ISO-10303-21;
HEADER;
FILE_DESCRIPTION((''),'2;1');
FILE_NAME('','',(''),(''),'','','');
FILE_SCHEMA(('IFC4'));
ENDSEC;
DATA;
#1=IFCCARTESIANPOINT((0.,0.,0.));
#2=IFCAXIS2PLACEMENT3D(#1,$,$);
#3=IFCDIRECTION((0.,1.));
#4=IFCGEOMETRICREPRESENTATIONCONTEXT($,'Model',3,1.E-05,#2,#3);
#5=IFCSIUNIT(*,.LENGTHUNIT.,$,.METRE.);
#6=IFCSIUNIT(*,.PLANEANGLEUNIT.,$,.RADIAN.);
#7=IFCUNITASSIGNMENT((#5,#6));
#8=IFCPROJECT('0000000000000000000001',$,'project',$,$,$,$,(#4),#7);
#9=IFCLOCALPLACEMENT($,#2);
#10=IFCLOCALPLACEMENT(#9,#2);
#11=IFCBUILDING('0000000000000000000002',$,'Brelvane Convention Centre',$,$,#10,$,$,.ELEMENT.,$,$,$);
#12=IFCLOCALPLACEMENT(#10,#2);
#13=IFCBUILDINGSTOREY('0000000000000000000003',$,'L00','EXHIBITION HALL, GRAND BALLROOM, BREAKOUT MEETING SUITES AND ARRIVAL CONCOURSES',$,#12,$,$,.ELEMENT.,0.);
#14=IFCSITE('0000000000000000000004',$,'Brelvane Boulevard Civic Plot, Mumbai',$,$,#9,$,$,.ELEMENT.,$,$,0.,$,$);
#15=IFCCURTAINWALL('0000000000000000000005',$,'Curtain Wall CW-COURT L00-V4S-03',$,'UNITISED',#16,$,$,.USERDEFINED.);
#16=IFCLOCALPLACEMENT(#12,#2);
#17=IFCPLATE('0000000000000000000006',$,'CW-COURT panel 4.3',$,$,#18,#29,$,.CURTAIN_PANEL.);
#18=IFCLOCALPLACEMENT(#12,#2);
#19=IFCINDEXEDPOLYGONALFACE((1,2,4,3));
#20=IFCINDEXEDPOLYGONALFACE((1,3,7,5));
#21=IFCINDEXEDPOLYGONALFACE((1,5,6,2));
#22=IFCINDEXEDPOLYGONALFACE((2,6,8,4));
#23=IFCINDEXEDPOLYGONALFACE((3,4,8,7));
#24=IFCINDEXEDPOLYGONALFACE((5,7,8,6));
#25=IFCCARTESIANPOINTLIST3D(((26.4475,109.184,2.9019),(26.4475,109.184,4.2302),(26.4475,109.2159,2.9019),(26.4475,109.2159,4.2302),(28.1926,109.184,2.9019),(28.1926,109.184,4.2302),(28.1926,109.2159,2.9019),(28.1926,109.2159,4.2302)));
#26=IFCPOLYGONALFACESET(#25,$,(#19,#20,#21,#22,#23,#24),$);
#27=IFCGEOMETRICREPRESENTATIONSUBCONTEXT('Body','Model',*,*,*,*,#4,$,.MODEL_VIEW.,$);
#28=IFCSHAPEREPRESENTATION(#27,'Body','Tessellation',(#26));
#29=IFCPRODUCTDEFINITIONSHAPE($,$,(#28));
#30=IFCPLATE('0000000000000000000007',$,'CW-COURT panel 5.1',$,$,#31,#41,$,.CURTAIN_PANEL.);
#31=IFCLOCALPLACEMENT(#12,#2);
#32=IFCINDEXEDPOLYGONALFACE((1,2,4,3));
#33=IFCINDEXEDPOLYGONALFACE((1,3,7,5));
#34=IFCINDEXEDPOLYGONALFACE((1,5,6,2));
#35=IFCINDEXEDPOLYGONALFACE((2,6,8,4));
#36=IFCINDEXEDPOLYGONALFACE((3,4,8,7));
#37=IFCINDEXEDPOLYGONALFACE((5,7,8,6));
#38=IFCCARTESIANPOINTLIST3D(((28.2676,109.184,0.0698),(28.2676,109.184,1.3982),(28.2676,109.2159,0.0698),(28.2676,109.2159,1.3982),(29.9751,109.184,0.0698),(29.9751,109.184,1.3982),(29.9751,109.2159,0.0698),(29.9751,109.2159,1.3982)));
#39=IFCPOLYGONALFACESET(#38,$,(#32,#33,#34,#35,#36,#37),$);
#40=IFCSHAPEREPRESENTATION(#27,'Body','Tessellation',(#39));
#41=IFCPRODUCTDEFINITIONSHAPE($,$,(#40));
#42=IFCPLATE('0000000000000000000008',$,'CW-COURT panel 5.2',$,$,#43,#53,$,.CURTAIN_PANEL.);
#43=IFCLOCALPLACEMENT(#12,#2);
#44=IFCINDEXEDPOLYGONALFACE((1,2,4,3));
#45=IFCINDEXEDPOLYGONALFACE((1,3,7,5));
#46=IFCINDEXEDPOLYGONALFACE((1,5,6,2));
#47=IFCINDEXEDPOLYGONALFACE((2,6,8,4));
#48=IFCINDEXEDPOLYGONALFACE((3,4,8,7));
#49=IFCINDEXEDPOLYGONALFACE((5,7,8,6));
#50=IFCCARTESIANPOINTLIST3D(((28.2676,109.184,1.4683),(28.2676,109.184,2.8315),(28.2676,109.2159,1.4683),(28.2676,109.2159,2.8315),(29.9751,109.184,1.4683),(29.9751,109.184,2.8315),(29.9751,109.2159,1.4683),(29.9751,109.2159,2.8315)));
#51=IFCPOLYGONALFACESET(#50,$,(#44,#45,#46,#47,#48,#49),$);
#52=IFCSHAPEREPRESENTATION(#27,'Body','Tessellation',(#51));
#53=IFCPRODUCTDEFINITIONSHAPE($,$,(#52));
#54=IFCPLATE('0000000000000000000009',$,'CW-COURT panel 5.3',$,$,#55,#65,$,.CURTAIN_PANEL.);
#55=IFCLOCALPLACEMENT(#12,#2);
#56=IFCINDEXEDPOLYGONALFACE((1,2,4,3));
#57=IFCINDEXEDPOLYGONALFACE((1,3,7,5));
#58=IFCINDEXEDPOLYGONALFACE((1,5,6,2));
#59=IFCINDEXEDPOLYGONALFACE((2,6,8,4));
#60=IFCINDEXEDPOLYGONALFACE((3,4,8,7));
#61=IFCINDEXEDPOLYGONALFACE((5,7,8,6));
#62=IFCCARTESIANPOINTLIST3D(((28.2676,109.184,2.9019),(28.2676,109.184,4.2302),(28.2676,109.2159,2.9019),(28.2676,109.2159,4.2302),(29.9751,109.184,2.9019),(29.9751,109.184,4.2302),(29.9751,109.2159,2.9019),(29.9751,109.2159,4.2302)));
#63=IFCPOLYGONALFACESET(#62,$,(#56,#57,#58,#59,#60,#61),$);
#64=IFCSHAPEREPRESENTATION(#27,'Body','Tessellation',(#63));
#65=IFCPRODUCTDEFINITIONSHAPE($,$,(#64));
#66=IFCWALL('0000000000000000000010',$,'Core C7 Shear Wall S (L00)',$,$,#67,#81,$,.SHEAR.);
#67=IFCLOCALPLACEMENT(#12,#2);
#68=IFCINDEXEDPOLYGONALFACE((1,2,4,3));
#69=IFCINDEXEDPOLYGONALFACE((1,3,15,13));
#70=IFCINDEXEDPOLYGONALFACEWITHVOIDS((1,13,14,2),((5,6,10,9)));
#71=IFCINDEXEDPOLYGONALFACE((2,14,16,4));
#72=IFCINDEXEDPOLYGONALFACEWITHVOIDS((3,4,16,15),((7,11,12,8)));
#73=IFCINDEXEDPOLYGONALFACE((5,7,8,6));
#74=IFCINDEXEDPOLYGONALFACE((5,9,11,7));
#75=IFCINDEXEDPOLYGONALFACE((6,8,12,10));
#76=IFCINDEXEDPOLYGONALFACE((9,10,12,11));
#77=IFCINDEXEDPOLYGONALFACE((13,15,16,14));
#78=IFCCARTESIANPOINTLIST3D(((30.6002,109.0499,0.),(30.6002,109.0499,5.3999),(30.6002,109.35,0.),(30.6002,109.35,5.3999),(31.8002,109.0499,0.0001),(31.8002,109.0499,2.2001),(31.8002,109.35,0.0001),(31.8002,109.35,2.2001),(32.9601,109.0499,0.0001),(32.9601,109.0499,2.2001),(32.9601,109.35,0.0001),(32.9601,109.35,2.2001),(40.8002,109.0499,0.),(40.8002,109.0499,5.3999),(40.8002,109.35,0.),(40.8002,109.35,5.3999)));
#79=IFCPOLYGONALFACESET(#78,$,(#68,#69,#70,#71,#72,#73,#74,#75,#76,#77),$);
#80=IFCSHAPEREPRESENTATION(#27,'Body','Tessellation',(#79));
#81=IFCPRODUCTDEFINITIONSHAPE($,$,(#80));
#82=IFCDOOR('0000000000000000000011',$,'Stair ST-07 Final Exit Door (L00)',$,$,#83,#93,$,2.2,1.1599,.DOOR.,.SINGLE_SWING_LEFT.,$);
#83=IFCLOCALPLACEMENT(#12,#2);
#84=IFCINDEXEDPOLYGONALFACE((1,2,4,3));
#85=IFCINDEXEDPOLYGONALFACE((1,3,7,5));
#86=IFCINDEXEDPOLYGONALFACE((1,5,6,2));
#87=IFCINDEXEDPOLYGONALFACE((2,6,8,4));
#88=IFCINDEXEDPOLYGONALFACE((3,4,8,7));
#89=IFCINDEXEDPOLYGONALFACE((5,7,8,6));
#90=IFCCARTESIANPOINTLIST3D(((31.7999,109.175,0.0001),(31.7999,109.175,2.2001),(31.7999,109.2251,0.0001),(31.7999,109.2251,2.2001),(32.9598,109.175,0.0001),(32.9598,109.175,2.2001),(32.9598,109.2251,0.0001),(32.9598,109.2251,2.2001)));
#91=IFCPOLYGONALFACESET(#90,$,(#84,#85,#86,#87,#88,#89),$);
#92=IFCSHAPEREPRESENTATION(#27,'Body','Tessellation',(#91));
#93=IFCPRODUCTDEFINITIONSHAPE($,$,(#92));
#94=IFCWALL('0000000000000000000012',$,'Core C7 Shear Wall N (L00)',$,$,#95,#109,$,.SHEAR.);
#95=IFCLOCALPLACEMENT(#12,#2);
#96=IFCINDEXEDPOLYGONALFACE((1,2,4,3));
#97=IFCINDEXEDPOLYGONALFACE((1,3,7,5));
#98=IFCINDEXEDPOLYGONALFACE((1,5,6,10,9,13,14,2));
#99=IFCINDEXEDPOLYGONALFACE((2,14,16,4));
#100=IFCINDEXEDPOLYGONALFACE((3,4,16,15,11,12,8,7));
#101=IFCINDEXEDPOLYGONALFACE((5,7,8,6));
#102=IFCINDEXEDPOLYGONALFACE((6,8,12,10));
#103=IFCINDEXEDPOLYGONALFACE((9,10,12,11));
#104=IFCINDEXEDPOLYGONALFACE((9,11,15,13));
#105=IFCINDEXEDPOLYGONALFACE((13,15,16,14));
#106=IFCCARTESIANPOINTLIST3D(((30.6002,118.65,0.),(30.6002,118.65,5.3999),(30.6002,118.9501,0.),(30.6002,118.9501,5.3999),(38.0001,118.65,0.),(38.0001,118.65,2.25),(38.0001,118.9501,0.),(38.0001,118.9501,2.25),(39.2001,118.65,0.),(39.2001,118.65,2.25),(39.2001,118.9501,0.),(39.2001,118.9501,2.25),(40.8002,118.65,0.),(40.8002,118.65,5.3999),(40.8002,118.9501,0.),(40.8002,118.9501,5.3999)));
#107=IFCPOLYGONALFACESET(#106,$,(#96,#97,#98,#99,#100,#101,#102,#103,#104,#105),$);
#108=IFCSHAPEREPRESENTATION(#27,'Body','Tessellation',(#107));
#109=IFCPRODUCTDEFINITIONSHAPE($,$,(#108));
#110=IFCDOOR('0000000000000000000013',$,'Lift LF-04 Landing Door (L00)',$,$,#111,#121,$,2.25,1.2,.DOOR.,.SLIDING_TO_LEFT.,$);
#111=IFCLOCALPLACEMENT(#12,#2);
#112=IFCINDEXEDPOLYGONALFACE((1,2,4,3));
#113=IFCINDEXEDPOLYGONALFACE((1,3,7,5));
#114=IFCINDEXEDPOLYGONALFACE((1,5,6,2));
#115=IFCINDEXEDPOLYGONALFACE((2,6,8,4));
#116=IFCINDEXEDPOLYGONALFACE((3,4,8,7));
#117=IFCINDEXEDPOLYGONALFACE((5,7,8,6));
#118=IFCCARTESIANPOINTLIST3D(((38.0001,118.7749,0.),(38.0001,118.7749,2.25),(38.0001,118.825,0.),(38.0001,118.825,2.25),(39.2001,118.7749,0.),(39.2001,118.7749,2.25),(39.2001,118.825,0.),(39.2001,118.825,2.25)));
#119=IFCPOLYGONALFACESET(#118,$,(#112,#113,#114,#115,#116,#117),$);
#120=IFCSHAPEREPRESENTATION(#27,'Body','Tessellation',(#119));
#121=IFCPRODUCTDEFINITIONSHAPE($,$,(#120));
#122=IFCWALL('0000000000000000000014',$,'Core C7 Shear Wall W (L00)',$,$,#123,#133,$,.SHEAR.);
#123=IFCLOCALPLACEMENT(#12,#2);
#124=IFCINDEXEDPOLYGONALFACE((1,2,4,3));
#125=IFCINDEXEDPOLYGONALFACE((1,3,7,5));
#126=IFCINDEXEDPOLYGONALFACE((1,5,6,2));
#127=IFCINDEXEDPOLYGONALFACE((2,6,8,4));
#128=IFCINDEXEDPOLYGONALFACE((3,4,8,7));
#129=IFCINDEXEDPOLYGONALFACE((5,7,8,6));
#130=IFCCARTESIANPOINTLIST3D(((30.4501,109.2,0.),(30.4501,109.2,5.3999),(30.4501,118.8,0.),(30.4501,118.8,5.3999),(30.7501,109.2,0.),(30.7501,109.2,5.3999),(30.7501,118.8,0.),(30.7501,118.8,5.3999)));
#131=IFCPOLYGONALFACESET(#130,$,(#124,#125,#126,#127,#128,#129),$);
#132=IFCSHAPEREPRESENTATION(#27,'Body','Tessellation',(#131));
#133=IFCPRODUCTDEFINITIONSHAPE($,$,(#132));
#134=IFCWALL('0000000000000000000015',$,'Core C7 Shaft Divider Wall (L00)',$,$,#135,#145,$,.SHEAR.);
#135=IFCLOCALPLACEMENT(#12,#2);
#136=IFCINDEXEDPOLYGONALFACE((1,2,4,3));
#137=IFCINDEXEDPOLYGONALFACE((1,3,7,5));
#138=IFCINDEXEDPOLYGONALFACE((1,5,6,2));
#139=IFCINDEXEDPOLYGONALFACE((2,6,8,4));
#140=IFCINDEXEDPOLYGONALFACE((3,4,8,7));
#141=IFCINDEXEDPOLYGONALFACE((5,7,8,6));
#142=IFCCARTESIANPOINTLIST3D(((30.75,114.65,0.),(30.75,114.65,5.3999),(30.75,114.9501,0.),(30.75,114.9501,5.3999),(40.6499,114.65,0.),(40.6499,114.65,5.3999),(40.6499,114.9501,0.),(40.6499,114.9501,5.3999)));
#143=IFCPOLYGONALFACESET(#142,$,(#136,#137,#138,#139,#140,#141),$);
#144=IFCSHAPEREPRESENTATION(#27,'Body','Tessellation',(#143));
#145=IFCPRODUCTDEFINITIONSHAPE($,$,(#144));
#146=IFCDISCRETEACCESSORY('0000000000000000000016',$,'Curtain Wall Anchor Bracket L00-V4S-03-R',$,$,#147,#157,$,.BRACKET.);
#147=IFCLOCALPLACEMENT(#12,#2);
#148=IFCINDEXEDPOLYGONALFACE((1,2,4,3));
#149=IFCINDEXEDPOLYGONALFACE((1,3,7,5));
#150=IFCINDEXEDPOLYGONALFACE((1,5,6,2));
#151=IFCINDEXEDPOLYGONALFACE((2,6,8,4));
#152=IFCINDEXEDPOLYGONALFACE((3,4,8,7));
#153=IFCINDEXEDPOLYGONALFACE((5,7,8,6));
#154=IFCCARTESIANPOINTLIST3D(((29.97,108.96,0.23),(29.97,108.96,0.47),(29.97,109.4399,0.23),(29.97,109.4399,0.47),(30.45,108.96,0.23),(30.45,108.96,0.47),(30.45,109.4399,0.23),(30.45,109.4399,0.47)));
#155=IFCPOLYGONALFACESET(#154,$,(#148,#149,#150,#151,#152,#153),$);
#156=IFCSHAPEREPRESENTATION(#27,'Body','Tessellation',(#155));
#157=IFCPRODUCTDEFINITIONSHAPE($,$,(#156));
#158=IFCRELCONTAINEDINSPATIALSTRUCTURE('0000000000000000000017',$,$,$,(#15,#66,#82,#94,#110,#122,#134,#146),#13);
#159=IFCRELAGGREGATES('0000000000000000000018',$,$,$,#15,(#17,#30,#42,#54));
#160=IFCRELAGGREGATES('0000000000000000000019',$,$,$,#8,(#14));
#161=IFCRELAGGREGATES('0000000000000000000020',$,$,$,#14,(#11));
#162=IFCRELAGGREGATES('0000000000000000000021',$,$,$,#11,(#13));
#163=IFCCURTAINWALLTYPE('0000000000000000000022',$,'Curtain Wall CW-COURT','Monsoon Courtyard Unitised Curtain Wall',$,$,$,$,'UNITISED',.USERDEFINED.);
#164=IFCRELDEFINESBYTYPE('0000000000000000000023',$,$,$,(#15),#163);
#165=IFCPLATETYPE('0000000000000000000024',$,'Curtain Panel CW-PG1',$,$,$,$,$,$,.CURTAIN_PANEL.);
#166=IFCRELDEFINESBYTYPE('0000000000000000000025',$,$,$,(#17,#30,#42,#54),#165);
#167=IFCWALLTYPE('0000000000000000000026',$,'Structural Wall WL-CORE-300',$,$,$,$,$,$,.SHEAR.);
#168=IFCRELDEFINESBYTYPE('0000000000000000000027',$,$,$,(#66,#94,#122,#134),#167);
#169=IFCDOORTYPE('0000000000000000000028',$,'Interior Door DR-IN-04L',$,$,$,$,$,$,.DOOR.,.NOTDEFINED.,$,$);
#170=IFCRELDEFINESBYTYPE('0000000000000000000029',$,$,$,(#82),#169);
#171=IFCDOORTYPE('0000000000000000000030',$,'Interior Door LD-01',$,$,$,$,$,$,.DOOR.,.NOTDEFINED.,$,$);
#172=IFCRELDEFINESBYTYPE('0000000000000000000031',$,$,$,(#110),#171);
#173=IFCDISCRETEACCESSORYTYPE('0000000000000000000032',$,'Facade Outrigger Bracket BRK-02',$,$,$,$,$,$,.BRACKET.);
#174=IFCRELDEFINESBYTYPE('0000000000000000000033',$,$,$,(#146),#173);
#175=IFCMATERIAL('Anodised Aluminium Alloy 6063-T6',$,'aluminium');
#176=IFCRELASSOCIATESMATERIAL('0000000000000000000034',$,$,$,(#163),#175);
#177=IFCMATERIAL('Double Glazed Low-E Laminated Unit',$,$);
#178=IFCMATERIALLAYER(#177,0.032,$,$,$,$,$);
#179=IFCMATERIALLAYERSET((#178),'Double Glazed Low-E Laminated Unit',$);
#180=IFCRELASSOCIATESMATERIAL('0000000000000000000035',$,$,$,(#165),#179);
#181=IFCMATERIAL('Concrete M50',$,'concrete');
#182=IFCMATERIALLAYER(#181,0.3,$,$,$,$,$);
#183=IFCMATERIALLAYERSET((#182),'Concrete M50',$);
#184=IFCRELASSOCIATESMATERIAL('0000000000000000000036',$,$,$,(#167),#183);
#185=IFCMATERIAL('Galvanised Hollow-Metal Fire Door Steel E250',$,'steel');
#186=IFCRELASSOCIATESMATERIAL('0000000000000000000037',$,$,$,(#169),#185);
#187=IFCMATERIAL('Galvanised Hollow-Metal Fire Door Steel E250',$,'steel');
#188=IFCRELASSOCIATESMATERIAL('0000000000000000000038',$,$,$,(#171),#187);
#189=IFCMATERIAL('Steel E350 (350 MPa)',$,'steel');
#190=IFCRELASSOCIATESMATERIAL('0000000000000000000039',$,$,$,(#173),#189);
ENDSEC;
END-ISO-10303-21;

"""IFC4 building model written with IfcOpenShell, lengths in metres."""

from ifc_helpers import new_model, si_unit, direction, frame, frame_2d, origin, origin_2d, place, context, subcontext, project, spatial, rectangle, extrude, material, layer, layer_set, type_object, element, fill, aggregate, save


model = new_model("IFC4")

# Units and contexts
model_context = context("Model", 3, precision=1e-05, world=origin(), true_north=direction((0.0, 1.0)))
body_context = subcontext(model_context, "Body", "Model", "MODEL_VIEW")
ifc_project = project(units=[si_unit("LENGTHUNIT", "METRE"), si_unit("PLANEANGLEUNIT", "RADIAN")], contexts=[model_context])

# Site, building, storey
site_placement = place(None, origin())
site = spatial("IfcSite", under=ifc_project, at=site_placement, Name="Brelvane Boulevard Civic Plot, Mumbai", CompositionType="ELEMENT", RefElevation=0.0)
building_placement = place(site_placement, origin())
building = spatial("IfcBuilding", under=site, at=building_placement, Name="Brelvane Convention Centre", CompositionType="ELEMENT")
storey_placement = place(building_placement, origin())
storey = spatial("IfcBuildingStorey", under=building, at=storey_placement, Name="L00", Description="EXHIBITION HALL, GRAND BALLROOM, BREAKOUT MEETING SUITES AND ARRIVAL CONCOURSES", CompositionType="ELEMENT", Elevation=0.0)

# Curtain wall
ifc_material_1 = material(Name="Anodised Aluminium Alloy 6063-T6", Category="aluminium")
curtain_wall_type = type_object("IfcCurtainWallType", Name="Curtain Wall CW-COURT", Description="Monsoon Courtyard Unitised Curtain Wall", ElementType="UNITISED", PredefinedType="USERDEFINED", material=ifc_material_1)
curtain_wall_placement = place(storey_placement, origin())
curtain_wall = element("IfcCurtainWall", 1, at=curtain_wall_placement, inside=storey, type_object=curtain_wall_type, Name="Curtain Wall CW-COURT L00-V4S-03", ObjectType="UNITISED", PredefinedType="USERDEFINED")

# Plates
ifc_material_2 = material(Name="Double Glazed Low-E Laminated Unit")
ifc_layer_1 = layer(ifc_material_2, 0.032)
ifc_layer_set_1 = layer_set([ifc_layer_1], Name="Double Glazed Low-E Laminated Unit")
plate_type = type_object("IfcPlateType", Name="Curtain Panel CW-PG1", PredefinedType="CURTAIN_PANEL", material=ifc_layer_set_1)
plate_1_placement = place(storey_placement, frame((27.3201, 109.2, 2.9019), z_axis=(0.0, 0.0, 1.0), x_axis=(1.0, 0.0, 0.0)))
plate_1 = element("IfcPlate", 2, at=plate_1_placement, type_object=plate_type, Name="CW-COURT panel 4.3", PredefinedType="CURTAIN_PANEL", context=body_context, shape_type="SweptSolid", body=[
    extrude(rectangle(XDim=1.7451, YDim=0.032, at=origin_2d()), origin(), (0.0, 0.0, 1.0), 1.3284),
])
plate_2_placement = place(storey_placement, frame((29.1213, 109.2, 0.0698), z_axis=(0.0, 0.0, 1.0), x_axis=(1.0, 0.0, 0.0)))
plate_2 = element("IfcPlate", 3, at=plate_2_placement, type_object=plate_type, Name="CW-COURT panel 5.1", PredefinedType="CURTAIN_PANEL", context=body_context, shape_type="SweptSolid", body=[
    extrude(rectangle(XDim=1.7075, YDim=0.032, at=origin_2d()), origin(), (0.0, 0.0, 1.0), 1.3284),
])
plate_3_placement = place(storey_placement, frame((29.1213, 109.2, 1.4683), z_axis=(0.0, 0.0, 1.0), x_axis=(1.0, 0.0, 0.0)))
plate_3 = element("IfcPlate", 4, at=plate_3_placement, type_object=plate_type, Name="CW-COURT panel 5.2", PredefinedType="CURTAIN_PANEL", context=body_context, shape_type="SweptSolid", body=[
    extrude(rectangle(XDim=1.7075, YDim=0.032, at=origin_2d()), origin(), (0.0, 0.0, 1.0), 1.3633),
])
plate_4_placement = place(storey_placement, frame((29.1213, 109.2, 2.9019), z_axis=(0.0, 0.0, 1.0), x_axis=(1.0, 0.0, 0.0)))
plate_4 = element("IfcPlate", 5, at=plate_4_placement, type_object=plate_type, Name="CW-COURT panel 5.3", PredefinedType="CURTAIN_PANEL", context=body_context, shape_type="SweptSolid", body=[
    extrude(rectangle(XDim=1.7075, YDim=0.032, at=origin_2d()), origin(), (0.0, 0.0, 1.0), 1.3284),
])
aggregate(curtain_wall, [plate_1, plate_2, plate_3, plate_4])

# Walls, openings, doors
ifc_material_3 = material(Name="Concrete M50", Category="concrete")
ifc_layer_2 = layer(ifc_material_3, 0.3)
ifc_layer_set_2 = layer_set([ifc_layer_2], Name="Concrete M50")
wall_type = type_object("IfcWallType", Name="Structural Wall WL-CORE-300", PredefinedType="SHEAR", material=ifc_layer_set_2)
wall_1_placement = place(storey_placement, frame((30.6001, 109.2, 0.0), z_axis=(0.0, 0.0, 1.0), x_axis=(1.0, 0.0, 0.0)))
wall_1 = element("IfcWall", 6, at=wall_1_placement, inside=storey, type_object=wall_type, Name="Core C7 Shear Wall S (L00)", PredefinedType="SHEAR", context=body_context, shape_type="SweptSolid", body=[
    extrude(rectangle(XDim=10.2, YDim=0.3, at=frame_2d((5.1001, 0.0))), origin(), (0.0, 0.0, 1.0), 5.3999),
])
opening_1_placement = place(wall_1_placement, frame((1.2, 0.0, 0.0)))
opening_1 = element("IfcOpeningElement", 7, at=opening_1_placement, cuts=wall_1, PredefinedType="OPENING", context=body_context, shape_type="SweptSolid", body=[
    extrude(rectangle(XDim=1.1599, YDim=2.2, at=frame_2d((0.5801, 1.1001))), frame((0.0, 0.1599, 0.0), z_axis=(0.0, -1.0, 0.0), x_axis=(1.0, 0.0, 0.0)), (0.0, 0.0, 1.0), 0.3201),
])
ifc_material_4 = material(Name="Galvanised Hollow-Metal Fire Door Steel E250", Category="steel")
door_type_1 = type_object("IfcDoorType", Name="Interior Door DR-IN-04L", OperationType="NOTDEFINED", PredefinedType="DOOR", material=ifc_material_4)
door_1_placement = place(opening_1_placement, frame((1.1599, 0.0, 0.0), z_axis=(0.0, 0.0, 1.0), x_axis=(-1.0, 0.0, 0.0)))
door_1 = element("IfcDoor", 8, at=door_1_placement, inside=storey, type_object=door_type_1, Name="Stair ST-07 Final Exit Door (L00)", OperationType="SINGLE_SWING_LEFT", OverallHeight=2.2, OverallWidth=1.1599, PredefinedType="DOOR", context=body_context, shape_type="SweptSolid", body=[
    extrude(rectangle(XDim=1.1599, YDim=2.2, at=frame_2d((0.5801, 1.1001))), frame((0.0, 0.0249, 0.0), z_axis=(0.0, -1.0, 0.0), x_axis=(1.0, 0.0, 0.0)), (0.0, 0.0, 1.0), 0.05),
])
fill(opening_1, door_1)
wall_2_placement = place(storey_placement, frame((30.6001, 118.8, 0.0), z_axis=(0.0, 0.0, 1.0), x_axis=(1.0, 0.0, 0.0)))
wall_2 = element("IfcWall", 9, at=wall_2_placement, inside=storey, type_object=wall_type, Name="Core C7 Shear Wall N (L00)", PredefinedType="SHEAR", context=body_context, shape_type="SweptSolid", body=[
    extrude(rectangle(XDim=10.2, YDim=0.3, at=frame_2d((5.1001, 0.0))), origin(), (0.0, 0.0, 1.0), 5.3999),
])
opening_2_placement = place(wall_2_placement, frame((7.3999, 0.0, 0.0)))
opening_2 = element("IfcOpeningElement", 10, at=opening_2_placement, cuts=wall_2, PredefinedType="OPENING", context=body_context, shape_type="SweptSolid", body=[
    extrude(rectangle(XDim=1.2, YDim=2.25, at=frame_2d((0.6001, 1.125))), frame((0.0, 0.1599, 0.0), z_axis=(0.0, -1.0, 0.0), x_axis=(1.0, 0.0, 0.0)), (0.0, 0.0, 1.0), 0.3201),
])
ifc_material_5 = material(Name="Galvanised Hollow-Metal Fire Door Steel E250", Category="steel")
door_type_2 = type_object("IfcDoorType", Name="Interior Door LD-01", OperationType="NOTDEFINED", PredefinedType="DOOR", material=ifc_material_5)
door_2_placement = place(opening_2_placement, origin())
door_2 = element("IfcDoor", 11, at=door_2_placement, inside=storey, type_object=door_type_2, Name="Lift LF-04 Landing Door (L00)", OperationType="SLIDING_TO_LEFT", OverallHeight=2.25, OverallWidth=1.2, PredefinedType="DOOR", context=body_context, shape_type="SweptSolid", body=[
    extrude(rectangle(XDim=1.2, YDim=2.25, at=frame_2d((0.6001, 1.125))), frame((0.0, 0.0249, 0.0), z_axis=(0.0, -1.0, 0.0), x_axis=(1.0, 0.0, 0.0)), (0.0, 0.0, 1.0), 0.05),
])
fill(opening_2, door_2)

# Walls
wall_3_placement = place(storey_placement, frame((30.6001, 109.2, 0.0), z_axis=(0.0, 0.0, 1.0), x_axis=(0.0, 1.0, 0.0)))
element("IfcWall", 12, at=wall_3_placement, inside=storey, type_object=wall_type, Name="Core C7 Shear Wall W (L00)", PredefinedType="SHEAR", context=body_context, shape_type="SweptSolid", body=[
    extrude(rectangle(XDim=9.6001, YDim=0.3, at=frame_2d((4.8, 0.0))), origin(), (0.0, 0.0, 1.0), 5.3999),
])
wall_4_placement = place(storey_placement, frame((30.75, 114.8, 0.0), z_axis=(0.0, 0.0, 1.0), x_axis=(1.0, 0.0, 0.0)))
element("IfcWall", 13, at=wall_4_placement, inside=storey, type_object=wall_type, Name="Core C7 Shaft Divider Wall (L00)", PredefinedType="SHEAR", context=body_context, shape_type="SweptSolid", body=[
    extrude(rectangle(XDim=9.8999, YDim=0.3, at=frame_2d((4.95, 0.0))), origin(), (0.0, 0.0, 1.0), 5.3999),
])

# Discrete accessory
ifc_material_6 = material(Name="Steel E350 (350 MPa)", Category="steel")
discrete_accessory_type = type_object("IfcDiscreteAccessoryType", Name="Facade Outrigger Bracket BRK-02", PredefinedType="BRACKET", material=ifc_material_6)
discrete_accessory_placement = place(storey_placement, frame((30.21, 109.2, 0.23), z_axis=(0.0, 0.0, 1.0), x_axis=(1.0, 0.0, 0.0)))
element("IfcDiscreteAccessory", 14, at=discrete_accessory_placement, inside=storey, type_object=discrete_accessory_type, Name="Curtain Wall Anchor Bracket L00-V4S-03-R", PredefinedType="BRACKET", context=body_context, shape_type="SweptSolid", body=[
    extrude(rectangle(XDim=0.48, YDim=0.48, at=origin_2d()), origin(), (0.0, 0.0, 1.0), 0.24),
])

save(model, "model.ifc")
